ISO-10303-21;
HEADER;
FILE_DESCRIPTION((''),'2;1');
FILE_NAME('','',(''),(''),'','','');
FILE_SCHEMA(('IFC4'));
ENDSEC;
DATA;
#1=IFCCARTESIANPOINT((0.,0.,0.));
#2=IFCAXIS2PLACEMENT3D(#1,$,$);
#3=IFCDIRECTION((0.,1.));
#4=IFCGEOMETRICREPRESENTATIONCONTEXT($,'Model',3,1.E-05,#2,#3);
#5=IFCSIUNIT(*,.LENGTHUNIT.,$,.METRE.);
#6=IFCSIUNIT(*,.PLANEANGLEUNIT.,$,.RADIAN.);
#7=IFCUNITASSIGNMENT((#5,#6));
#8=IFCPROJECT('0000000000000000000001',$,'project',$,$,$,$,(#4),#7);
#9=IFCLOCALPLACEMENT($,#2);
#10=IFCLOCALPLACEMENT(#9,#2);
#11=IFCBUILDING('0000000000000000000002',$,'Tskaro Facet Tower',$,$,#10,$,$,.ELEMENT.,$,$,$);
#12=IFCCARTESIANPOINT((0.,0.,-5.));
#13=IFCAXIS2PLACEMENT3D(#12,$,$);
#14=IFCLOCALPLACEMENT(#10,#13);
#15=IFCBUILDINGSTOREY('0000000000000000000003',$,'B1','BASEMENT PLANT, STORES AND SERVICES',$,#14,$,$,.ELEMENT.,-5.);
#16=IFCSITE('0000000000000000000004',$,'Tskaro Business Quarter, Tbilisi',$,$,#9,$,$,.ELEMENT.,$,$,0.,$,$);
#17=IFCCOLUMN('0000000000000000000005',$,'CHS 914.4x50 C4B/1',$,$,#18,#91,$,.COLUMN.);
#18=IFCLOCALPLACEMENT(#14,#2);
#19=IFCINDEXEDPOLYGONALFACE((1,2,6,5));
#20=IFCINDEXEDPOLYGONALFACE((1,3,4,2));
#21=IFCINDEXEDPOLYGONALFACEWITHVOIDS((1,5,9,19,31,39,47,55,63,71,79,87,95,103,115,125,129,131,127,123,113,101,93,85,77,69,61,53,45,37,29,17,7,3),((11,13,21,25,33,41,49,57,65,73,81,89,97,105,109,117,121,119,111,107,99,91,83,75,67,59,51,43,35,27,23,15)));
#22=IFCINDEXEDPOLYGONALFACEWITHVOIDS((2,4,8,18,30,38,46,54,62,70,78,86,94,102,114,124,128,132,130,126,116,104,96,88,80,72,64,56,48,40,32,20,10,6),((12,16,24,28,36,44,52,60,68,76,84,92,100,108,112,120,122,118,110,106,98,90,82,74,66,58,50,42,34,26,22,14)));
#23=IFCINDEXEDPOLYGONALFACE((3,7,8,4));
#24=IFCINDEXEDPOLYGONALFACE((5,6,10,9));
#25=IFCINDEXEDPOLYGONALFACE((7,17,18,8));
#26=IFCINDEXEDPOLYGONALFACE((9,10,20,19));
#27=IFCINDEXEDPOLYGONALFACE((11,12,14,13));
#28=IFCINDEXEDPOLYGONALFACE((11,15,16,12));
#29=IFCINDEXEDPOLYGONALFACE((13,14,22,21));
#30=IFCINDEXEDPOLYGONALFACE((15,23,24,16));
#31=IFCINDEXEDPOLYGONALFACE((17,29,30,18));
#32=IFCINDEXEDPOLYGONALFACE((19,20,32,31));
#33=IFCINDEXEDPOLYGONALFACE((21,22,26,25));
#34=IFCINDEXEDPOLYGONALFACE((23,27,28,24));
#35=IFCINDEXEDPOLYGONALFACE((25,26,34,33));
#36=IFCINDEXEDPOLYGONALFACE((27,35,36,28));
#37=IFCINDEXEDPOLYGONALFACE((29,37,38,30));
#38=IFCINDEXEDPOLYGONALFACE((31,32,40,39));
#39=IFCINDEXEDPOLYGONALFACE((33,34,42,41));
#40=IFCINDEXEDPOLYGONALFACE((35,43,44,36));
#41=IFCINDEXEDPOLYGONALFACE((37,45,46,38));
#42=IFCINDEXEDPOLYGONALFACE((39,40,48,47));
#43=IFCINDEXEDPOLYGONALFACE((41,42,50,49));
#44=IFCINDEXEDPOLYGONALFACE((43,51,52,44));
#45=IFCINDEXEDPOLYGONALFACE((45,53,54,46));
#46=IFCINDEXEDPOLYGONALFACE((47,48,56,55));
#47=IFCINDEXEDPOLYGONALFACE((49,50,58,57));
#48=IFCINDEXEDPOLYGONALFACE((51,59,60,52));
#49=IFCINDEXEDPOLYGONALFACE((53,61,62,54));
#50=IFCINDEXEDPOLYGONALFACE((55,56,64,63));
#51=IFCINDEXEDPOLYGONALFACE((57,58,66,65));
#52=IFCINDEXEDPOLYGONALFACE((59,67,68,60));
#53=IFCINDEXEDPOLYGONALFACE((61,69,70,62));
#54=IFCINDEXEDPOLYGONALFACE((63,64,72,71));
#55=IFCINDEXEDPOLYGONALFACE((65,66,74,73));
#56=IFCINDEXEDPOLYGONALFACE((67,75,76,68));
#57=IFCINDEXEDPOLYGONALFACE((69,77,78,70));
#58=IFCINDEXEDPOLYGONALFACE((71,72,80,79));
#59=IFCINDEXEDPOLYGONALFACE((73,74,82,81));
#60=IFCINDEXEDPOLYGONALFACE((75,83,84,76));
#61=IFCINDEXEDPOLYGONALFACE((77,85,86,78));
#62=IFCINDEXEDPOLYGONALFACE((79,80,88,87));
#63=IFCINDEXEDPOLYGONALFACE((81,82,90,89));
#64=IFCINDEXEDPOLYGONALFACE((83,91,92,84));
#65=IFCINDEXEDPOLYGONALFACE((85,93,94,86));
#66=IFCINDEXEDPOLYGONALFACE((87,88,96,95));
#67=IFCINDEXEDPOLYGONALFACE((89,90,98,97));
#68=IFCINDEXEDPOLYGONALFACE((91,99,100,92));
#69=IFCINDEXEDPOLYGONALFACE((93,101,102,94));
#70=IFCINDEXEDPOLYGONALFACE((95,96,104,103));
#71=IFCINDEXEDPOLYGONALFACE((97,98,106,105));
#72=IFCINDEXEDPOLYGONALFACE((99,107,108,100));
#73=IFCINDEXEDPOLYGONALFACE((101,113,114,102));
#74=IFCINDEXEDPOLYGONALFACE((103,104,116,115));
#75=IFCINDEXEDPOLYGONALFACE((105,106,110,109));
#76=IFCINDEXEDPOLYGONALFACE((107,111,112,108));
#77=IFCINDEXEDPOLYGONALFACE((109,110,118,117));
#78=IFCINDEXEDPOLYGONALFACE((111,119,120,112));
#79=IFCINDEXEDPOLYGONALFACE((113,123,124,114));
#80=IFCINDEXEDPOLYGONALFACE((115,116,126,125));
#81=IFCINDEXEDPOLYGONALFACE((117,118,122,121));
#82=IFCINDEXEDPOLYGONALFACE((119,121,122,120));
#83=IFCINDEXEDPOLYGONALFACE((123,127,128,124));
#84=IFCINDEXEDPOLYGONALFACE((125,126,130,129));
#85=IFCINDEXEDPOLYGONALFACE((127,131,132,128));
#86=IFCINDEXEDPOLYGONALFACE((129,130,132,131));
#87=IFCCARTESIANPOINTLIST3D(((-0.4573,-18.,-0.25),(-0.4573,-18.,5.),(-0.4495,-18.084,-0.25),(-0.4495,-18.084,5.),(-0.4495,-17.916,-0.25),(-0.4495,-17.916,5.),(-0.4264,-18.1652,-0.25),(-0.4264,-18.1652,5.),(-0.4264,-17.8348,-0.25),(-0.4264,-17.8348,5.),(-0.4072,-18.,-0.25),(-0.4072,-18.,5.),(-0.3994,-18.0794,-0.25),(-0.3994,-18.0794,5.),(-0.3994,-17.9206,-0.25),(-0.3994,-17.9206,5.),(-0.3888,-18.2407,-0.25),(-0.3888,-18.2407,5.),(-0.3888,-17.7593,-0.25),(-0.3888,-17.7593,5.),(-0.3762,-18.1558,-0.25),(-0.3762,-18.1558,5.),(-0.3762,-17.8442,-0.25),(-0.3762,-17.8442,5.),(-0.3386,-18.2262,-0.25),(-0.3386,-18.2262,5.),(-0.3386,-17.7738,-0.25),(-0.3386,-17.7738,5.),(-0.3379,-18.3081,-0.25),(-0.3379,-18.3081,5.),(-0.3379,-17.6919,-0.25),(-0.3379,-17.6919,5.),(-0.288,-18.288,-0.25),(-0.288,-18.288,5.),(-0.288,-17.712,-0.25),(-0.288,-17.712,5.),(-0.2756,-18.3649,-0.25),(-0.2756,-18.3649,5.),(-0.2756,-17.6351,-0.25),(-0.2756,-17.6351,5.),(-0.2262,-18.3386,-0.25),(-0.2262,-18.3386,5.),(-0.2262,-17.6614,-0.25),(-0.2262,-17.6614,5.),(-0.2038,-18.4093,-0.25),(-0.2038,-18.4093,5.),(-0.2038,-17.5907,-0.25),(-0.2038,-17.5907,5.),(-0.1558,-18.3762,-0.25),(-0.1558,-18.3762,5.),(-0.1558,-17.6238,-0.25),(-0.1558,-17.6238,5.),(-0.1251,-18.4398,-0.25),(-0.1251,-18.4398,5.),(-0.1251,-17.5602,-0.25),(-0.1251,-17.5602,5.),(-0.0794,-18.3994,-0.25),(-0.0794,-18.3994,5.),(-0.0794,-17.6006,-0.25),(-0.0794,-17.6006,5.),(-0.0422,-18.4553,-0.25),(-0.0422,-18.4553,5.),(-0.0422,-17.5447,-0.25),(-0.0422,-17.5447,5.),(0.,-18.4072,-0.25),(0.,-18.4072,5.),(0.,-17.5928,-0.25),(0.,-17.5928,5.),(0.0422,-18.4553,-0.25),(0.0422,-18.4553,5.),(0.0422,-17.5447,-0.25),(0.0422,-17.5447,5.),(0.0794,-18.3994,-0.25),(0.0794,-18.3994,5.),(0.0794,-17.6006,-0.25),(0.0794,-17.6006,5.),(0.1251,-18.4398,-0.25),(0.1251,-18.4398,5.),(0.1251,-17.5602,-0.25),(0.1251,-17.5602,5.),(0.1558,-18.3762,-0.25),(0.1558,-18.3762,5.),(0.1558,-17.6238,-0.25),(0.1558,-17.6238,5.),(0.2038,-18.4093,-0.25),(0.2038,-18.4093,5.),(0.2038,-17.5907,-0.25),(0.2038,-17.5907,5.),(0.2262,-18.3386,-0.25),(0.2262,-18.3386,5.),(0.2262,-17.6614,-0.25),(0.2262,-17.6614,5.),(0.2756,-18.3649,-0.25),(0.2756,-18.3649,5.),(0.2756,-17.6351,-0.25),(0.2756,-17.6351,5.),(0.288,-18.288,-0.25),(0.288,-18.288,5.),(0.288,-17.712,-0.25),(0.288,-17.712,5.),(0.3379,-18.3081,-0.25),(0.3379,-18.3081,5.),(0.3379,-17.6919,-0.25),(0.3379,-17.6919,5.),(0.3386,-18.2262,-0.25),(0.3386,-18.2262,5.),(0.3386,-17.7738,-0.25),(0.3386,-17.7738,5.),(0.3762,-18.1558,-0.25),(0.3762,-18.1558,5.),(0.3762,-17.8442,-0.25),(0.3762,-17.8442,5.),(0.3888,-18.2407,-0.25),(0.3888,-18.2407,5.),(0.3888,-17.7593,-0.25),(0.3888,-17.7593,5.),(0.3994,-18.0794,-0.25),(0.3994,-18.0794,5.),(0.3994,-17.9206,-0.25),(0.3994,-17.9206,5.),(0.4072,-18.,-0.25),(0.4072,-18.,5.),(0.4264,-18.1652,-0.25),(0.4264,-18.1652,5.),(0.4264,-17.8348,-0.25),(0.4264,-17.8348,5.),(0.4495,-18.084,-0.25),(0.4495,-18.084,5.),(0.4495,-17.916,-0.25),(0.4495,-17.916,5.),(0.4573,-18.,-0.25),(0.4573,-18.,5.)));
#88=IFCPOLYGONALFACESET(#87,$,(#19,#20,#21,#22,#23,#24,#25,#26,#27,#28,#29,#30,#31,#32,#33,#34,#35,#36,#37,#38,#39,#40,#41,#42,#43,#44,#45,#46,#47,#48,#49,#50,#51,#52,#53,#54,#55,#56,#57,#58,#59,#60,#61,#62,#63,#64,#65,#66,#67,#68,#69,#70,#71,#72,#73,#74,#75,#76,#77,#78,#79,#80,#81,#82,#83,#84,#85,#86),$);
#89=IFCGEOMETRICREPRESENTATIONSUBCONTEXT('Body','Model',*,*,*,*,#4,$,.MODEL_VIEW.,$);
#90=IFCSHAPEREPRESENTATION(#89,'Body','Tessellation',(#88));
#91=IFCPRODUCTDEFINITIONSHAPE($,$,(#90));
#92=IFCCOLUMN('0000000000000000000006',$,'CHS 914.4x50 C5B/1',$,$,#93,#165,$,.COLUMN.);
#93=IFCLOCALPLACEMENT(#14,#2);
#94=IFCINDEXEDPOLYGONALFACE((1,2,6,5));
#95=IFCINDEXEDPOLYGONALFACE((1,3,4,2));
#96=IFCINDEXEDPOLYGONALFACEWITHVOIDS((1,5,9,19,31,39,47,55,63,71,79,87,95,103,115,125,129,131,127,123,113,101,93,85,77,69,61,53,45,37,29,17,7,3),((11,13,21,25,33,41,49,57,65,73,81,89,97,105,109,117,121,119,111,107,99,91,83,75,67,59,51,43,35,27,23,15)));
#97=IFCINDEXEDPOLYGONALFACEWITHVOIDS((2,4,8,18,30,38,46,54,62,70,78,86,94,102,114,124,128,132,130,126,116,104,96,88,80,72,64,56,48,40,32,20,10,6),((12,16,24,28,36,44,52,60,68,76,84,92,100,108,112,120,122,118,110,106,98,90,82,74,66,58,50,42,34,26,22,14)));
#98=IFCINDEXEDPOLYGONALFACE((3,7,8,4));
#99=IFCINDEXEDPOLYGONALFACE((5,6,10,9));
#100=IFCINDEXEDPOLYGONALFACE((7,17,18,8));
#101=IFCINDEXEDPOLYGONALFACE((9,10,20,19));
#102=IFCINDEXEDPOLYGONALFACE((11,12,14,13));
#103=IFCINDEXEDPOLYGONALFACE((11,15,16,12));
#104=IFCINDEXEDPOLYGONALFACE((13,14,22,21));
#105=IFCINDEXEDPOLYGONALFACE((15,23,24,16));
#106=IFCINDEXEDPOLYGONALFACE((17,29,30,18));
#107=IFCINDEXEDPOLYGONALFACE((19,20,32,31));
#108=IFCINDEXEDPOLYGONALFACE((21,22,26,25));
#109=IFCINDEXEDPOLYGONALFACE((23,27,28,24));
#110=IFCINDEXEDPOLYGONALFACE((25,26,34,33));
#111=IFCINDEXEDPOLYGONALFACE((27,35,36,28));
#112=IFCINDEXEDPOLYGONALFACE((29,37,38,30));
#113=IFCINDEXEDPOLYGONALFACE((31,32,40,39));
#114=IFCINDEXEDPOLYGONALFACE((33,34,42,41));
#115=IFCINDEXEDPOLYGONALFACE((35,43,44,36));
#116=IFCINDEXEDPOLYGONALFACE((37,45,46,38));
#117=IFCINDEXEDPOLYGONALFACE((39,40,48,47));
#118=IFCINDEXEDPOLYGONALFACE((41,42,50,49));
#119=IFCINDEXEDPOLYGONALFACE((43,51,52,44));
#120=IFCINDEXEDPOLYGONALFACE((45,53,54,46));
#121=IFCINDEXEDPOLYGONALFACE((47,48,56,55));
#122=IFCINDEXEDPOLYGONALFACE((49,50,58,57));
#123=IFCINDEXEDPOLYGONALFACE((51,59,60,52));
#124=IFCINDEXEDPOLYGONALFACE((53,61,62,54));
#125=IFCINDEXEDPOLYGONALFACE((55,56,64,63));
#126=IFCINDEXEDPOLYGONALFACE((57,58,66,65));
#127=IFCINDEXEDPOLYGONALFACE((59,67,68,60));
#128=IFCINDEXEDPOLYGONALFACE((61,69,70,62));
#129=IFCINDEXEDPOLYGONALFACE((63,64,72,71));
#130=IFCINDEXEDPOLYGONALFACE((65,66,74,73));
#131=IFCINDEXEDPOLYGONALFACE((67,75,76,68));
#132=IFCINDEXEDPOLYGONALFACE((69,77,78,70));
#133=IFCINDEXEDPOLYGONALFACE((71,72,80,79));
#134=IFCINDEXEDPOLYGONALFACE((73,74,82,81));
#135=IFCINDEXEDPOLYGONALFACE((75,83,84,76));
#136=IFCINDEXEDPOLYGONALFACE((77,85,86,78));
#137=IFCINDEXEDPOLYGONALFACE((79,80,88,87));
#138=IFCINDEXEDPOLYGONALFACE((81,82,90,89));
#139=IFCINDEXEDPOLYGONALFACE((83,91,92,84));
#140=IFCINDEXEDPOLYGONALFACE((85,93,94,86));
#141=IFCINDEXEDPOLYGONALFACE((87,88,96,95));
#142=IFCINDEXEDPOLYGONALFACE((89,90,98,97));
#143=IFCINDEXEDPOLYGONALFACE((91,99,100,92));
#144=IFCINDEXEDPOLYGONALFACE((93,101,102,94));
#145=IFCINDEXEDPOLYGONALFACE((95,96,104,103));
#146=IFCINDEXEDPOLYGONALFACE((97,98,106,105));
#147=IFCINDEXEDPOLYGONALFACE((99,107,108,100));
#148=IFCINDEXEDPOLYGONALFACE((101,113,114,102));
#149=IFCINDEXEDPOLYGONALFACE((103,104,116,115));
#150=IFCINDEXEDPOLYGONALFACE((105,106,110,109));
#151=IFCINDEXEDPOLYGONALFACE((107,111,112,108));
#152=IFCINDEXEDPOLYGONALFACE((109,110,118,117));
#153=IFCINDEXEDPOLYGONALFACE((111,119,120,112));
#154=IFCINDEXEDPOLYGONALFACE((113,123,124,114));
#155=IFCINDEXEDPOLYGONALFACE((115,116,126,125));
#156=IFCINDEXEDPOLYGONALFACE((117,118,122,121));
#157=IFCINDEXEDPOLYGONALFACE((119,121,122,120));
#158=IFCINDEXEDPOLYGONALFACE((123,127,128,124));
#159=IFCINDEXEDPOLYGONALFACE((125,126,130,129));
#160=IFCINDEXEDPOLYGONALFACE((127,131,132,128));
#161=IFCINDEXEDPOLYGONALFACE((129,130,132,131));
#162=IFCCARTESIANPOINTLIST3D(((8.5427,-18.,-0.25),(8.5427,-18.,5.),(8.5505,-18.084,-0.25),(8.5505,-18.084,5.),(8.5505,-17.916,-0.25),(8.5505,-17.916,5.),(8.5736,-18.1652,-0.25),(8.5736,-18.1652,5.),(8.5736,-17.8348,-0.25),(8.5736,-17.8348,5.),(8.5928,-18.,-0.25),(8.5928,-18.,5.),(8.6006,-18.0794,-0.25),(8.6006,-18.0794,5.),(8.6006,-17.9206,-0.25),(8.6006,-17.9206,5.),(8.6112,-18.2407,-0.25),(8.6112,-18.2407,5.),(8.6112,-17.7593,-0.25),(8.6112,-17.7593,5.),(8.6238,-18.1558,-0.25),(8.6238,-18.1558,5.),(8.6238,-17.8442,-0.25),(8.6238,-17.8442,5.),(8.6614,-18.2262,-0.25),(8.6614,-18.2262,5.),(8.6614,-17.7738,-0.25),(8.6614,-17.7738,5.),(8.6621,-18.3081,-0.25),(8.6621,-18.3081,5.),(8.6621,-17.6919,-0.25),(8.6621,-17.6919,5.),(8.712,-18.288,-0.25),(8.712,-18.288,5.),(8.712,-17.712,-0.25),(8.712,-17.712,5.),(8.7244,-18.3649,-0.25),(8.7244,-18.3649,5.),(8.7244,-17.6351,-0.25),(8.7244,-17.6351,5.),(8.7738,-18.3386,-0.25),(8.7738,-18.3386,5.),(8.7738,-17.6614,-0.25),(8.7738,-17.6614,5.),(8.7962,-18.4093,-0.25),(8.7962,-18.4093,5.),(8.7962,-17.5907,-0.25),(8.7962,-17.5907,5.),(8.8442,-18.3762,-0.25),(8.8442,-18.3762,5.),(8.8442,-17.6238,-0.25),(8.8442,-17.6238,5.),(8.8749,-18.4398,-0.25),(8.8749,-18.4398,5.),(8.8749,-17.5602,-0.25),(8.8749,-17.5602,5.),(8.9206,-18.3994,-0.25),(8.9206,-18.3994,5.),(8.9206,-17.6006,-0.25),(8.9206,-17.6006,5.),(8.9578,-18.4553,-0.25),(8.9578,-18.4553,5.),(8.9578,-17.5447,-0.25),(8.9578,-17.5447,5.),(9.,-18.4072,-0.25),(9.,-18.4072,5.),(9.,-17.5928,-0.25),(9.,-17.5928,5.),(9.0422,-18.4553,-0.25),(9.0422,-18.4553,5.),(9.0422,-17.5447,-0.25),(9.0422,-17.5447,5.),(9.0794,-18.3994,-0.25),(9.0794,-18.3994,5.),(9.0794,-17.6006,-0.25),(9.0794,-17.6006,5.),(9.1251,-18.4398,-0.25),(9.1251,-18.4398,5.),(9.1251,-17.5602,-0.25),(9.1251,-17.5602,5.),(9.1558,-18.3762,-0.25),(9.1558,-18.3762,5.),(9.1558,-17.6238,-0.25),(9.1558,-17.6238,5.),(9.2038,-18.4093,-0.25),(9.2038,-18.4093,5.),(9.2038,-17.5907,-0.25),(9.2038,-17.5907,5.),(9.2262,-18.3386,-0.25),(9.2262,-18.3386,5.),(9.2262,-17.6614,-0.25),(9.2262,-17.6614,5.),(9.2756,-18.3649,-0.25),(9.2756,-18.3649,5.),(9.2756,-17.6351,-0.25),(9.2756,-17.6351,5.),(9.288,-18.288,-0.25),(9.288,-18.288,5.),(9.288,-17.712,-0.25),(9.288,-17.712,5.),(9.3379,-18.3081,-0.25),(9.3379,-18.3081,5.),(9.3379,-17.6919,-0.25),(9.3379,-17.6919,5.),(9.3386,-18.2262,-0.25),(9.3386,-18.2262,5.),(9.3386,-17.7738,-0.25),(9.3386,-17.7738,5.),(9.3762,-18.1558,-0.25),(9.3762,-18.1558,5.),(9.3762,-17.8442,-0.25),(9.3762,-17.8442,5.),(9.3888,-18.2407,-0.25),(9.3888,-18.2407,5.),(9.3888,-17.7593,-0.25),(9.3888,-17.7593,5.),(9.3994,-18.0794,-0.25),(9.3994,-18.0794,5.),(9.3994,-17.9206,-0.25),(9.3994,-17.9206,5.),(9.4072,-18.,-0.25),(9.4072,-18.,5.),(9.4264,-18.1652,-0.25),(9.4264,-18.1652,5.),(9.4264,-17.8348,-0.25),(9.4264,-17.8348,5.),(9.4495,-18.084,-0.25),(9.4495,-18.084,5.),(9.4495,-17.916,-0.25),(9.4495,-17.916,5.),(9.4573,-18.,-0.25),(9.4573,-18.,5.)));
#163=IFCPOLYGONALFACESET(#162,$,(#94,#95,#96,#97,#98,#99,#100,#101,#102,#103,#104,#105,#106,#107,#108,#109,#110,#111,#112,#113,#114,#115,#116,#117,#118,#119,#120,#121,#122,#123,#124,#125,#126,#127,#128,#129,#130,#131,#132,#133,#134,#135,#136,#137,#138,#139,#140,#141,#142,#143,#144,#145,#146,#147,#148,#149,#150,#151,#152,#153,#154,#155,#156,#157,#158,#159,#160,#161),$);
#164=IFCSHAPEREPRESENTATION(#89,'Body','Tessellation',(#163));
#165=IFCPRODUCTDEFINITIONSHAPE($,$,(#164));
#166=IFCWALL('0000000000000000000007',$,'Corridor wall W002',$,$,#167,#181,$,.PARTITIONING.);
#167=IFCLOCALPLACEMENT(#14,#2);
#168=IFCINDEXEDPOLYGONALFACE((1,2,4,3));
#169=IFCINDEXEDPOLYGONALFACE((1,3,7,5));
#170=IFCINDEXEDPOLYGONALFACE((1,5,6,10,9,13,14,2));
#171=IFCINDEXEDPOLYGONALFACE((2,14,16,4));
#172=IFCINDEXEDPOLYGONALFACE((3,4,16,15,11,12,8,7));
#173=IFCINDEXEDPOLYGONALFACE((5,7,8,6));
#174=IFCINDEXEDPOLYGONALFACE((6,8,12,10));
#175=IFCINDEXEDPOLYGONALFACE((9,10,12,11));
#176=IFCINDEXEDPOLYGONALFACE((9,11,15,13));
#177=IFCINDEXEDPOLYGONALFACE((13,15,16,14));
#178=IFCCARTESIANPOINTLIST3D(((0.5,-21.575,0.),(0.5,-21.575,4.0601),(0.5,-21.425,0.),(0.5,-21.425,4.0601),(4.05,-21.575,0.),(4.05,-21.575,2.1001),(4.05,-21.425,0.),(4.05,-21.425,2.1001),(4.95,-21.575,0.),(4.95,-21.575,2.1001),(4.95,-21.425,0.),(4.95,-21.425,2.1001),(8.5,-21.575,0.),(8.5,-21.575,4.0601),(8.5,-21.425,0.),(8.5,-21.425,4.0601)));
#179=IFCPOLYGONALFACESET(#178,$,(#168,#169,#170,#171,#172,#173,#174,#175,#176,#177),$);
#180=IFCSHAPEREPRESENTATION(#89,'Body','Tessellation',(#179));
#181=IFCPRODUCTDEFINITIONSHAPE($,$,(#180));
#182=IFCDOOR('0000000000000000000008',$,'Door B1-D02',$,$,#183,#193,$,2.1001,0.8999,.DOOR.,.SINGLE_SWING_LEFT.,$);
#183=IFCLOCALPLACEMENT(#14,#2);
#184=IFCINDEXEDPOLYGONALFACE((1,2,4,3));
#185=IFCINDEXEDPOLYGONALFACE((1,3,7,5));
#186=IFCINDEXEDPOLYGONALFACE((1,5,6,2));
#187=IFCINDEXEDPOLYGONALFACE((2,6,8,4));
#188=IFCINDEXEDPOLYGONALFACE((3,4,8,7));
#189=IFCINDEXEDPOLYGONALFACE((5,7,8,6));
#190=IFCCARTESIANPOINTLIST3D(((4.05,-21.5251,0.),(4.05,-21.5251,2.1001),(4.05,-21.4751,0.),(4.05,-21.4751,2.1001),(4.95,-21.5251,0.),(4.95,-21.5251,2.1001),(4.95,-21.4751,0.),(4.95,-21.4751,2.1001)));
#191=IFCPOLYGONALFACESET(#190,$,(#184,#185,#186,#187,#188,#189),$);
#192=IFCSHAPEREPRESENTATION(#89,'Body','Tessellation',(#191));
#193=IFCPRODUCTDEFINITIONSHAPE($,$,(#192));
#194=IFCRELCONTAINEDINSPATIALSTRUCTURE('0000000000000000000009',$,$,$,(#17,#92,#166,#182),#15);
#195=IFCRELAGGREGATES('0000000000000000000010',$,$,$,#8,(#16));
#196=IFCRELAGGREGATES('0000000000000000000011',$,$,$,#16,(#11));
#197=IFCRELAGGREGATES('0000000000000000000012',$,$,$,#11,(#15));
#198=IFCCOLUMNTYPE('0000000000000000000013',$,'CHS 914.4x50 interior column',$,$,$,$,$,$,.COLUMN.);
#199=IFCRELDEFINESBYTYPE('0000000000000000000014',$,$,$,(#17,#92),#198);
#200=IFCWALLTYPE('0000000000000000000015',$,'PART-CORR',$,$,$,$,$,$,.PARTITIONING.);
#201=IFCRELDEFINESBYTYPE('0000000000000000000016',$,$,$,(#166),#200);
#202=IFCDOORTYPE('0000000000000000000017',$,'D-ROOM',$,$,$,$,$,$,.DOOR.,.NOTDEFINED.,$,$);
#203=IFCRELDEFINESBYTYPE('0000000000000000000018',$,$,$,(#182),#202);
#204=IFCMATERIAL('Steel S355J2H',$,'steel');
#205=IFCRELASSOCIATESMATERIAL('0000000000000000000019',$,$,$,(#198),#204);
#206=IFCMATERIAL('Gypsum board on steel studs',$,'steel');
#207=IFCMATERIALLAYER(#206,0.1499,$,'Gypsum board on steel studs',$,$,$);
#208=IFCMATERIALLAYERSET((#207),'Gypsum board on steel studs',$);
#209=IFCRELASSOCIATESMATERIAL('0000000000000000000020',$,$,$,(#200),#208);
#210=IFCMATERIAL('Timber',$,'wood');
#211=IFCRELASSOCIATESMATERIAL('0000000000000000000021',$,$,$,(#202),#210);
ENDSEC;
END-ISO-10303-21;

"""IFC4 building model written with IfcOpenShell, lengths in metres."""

from ifc_helpers import new_model, si_unit, direction, frame, frame_2d, origin, origin_2d, place, context, subcontext, project, spatial, rectangle, hollow_circle, extrude, material, layer, layer_set, material_profile, profile_set, type_object, element, fill, save


model = new_model("IFC4")

# Units and contexts
model_context = context("Model", 3, precision=1e-05, world=origin(), true_north=direction((0.0, 1.0)))
body_context = subcontext(model_context, "Body", "Model", "MODEL_VIEW")
ifc_project = project(units=[si_unit("LENGTHUNIT", "METRE"), si_unit("PLANEANGLEUNIT", "RADIAN")], contexts=[model_context])

# Site, building, storey
site_placement = place(None, origin())
site = spatial("IfcSite", under=ifc_project, at=site_placement, Name="Tskaro Business Quarter, Tbilisi", CompositionType="ELEMENT", RefElevation=0.0)
building_placement = place(site_placement, origin())
building = spatial("IfcBuilding", under=site, at=building_placement, Name="Tskaro Facet Tower", CompositionType="ELEMENT")
storey_placement = place(building_placement, frame((0.0, 0.0, -5.0)))
storey = spatial("IfcBuildingStorey", under=building, at=storey_placement, Name="B1", Description="BASEMENT PLANT, STORES AND SERVICES", CompositionType="ELEMENT", Elevation=-5.0)

# Columns
ifc_material_1 = material(Name="Steel S355J2H", Category="steel")
ifc_material_profile_1 = material_profile(ifc_material_1, hollow_circle(Radius=0.4573, WallThickness=0.05, at=origin_2d()), Name="CHS 914.4x50")
ifc_profile_set_1 = profile_set([ifc_material_profile_1], Name="Steel S355J2H")
column_type_1 = type_object("IfcColumnType", Name="CHS 914.4x50 interior column", PredefinedType="COLUMN", material=ifc_profile_set_1)
for number, where, z_axis, x_axis, name in (
    (1, (0.0, -18.0, -0.25), (0.0, 0.0, 1.0), (1.0, 0.0, 0.0), "CHS 914.4x50 C4B/1"),
    (2, (9.0, -18.0, -0.25), (0.0, 0.0, 1.0), (1.0, 0.0, 0.0), "CHS 914.4x50 C5B/1"),
):
    element("IfcColumn", number, at=place(storey_placement, frame(where, z_axis=z_axis, x_axis=x_axis)), inside=storey, type_object=column_type_1, Name=name, PredefinedType="COLUMN", context=body_context, shape_type="SweptSolid", body=[
        extrude(hollow_circle(Radius=0.4573, WallThickness=0.05, at=origin_2d()), origin(), (0.0, 0.0, 1.0), 5.25),
    ])

# Wall, opening, door
ifc_material_2 = material(Name="Gypsum board on steel studs", Category="steel")
ifc_layer = layer(ifc_material_2, 0.1499, Name="Gypsum board on steel studs")
ifc_layer_set = layer_set([ifc_layer], Name="Gypsum board on steel studs")
wall_type = type_object("IfcWallType", Name="PART-CORR", PredefinedType="PARTITIONING", material=ifc_layer_set)
wall_1_placement = place(storey_placement, frame((0.5, -21.5, 0.0), z_axis=(0.0, 0.0, 1.0), x_axis=(1.0, 0.0, 0.0)))
wall_1 = element("IfcWall", 3, at=wall_1_placement, inside=storey, type_object=wall_type, Name="Corridor wall W002", PredefinedType="PARTITIONING", context=body_context, shape_type="SweptSolid", body=[
    extrude(rectangle(XDim=8.0, YDim=0.1499, at=frame_2d((4.0, 0.0))), origin(), (0.0, 0.0, 1.0), 4.0601),
])
opening_placement = place(wall_1_placement, frame((3.55, 0.0, 0.0)))
opening = element("IfcOpeningElement", 4, at=opening_placement, cuts=wall_1, PredefinedType="OPENING", context=body_context, shape_type="SweptSolid", body=[
    extrude(rectangle(XDim=0.8999, YDim=2.1001, at=frame_2d((0.45, 1.05))), frame((0.0, 0.085, 0.0), z_axis=(0.0, -1.0, 0.0), x_axis=(1.0, 0.0, 0.0)), (0.0, 0.0, 1.0), 0.1699),
])
ifc_material_3 = material(Name="Timber", Category="wood")
door_type = type_object("IfcDoorType", Name="D-ROOM", OperationType="NOTDEFINED", PredefinedType="DOOR", material=ifc_material_3)
door_placement = place(opening_placement, origin())
door = element("IfcDoor", 5, at=door_placement, inside=storey, type_object=door_type, Name="Door B1-D02", OperationType="SINGLE_SWING_LEFT", OverallHeight=2.1001, OverallWidth=0.8999, PredefinedType="DOOR", context=body_context, shape_type="SweptSolid", body=[
    extrude(rectangle(XDim=0.8999, YDim=2.1001, at=frame_2d((0.45, 1.05))), frame((0.0, 0.0249, 0.0), z_axis=(0.0, -1.0, 0.0), x_axis=(1.0, 0.0, 0.0)), (0.0, 0.0, 1.0), 0.05),
])
fill(opening, door)

save(model, "model.ifc")
